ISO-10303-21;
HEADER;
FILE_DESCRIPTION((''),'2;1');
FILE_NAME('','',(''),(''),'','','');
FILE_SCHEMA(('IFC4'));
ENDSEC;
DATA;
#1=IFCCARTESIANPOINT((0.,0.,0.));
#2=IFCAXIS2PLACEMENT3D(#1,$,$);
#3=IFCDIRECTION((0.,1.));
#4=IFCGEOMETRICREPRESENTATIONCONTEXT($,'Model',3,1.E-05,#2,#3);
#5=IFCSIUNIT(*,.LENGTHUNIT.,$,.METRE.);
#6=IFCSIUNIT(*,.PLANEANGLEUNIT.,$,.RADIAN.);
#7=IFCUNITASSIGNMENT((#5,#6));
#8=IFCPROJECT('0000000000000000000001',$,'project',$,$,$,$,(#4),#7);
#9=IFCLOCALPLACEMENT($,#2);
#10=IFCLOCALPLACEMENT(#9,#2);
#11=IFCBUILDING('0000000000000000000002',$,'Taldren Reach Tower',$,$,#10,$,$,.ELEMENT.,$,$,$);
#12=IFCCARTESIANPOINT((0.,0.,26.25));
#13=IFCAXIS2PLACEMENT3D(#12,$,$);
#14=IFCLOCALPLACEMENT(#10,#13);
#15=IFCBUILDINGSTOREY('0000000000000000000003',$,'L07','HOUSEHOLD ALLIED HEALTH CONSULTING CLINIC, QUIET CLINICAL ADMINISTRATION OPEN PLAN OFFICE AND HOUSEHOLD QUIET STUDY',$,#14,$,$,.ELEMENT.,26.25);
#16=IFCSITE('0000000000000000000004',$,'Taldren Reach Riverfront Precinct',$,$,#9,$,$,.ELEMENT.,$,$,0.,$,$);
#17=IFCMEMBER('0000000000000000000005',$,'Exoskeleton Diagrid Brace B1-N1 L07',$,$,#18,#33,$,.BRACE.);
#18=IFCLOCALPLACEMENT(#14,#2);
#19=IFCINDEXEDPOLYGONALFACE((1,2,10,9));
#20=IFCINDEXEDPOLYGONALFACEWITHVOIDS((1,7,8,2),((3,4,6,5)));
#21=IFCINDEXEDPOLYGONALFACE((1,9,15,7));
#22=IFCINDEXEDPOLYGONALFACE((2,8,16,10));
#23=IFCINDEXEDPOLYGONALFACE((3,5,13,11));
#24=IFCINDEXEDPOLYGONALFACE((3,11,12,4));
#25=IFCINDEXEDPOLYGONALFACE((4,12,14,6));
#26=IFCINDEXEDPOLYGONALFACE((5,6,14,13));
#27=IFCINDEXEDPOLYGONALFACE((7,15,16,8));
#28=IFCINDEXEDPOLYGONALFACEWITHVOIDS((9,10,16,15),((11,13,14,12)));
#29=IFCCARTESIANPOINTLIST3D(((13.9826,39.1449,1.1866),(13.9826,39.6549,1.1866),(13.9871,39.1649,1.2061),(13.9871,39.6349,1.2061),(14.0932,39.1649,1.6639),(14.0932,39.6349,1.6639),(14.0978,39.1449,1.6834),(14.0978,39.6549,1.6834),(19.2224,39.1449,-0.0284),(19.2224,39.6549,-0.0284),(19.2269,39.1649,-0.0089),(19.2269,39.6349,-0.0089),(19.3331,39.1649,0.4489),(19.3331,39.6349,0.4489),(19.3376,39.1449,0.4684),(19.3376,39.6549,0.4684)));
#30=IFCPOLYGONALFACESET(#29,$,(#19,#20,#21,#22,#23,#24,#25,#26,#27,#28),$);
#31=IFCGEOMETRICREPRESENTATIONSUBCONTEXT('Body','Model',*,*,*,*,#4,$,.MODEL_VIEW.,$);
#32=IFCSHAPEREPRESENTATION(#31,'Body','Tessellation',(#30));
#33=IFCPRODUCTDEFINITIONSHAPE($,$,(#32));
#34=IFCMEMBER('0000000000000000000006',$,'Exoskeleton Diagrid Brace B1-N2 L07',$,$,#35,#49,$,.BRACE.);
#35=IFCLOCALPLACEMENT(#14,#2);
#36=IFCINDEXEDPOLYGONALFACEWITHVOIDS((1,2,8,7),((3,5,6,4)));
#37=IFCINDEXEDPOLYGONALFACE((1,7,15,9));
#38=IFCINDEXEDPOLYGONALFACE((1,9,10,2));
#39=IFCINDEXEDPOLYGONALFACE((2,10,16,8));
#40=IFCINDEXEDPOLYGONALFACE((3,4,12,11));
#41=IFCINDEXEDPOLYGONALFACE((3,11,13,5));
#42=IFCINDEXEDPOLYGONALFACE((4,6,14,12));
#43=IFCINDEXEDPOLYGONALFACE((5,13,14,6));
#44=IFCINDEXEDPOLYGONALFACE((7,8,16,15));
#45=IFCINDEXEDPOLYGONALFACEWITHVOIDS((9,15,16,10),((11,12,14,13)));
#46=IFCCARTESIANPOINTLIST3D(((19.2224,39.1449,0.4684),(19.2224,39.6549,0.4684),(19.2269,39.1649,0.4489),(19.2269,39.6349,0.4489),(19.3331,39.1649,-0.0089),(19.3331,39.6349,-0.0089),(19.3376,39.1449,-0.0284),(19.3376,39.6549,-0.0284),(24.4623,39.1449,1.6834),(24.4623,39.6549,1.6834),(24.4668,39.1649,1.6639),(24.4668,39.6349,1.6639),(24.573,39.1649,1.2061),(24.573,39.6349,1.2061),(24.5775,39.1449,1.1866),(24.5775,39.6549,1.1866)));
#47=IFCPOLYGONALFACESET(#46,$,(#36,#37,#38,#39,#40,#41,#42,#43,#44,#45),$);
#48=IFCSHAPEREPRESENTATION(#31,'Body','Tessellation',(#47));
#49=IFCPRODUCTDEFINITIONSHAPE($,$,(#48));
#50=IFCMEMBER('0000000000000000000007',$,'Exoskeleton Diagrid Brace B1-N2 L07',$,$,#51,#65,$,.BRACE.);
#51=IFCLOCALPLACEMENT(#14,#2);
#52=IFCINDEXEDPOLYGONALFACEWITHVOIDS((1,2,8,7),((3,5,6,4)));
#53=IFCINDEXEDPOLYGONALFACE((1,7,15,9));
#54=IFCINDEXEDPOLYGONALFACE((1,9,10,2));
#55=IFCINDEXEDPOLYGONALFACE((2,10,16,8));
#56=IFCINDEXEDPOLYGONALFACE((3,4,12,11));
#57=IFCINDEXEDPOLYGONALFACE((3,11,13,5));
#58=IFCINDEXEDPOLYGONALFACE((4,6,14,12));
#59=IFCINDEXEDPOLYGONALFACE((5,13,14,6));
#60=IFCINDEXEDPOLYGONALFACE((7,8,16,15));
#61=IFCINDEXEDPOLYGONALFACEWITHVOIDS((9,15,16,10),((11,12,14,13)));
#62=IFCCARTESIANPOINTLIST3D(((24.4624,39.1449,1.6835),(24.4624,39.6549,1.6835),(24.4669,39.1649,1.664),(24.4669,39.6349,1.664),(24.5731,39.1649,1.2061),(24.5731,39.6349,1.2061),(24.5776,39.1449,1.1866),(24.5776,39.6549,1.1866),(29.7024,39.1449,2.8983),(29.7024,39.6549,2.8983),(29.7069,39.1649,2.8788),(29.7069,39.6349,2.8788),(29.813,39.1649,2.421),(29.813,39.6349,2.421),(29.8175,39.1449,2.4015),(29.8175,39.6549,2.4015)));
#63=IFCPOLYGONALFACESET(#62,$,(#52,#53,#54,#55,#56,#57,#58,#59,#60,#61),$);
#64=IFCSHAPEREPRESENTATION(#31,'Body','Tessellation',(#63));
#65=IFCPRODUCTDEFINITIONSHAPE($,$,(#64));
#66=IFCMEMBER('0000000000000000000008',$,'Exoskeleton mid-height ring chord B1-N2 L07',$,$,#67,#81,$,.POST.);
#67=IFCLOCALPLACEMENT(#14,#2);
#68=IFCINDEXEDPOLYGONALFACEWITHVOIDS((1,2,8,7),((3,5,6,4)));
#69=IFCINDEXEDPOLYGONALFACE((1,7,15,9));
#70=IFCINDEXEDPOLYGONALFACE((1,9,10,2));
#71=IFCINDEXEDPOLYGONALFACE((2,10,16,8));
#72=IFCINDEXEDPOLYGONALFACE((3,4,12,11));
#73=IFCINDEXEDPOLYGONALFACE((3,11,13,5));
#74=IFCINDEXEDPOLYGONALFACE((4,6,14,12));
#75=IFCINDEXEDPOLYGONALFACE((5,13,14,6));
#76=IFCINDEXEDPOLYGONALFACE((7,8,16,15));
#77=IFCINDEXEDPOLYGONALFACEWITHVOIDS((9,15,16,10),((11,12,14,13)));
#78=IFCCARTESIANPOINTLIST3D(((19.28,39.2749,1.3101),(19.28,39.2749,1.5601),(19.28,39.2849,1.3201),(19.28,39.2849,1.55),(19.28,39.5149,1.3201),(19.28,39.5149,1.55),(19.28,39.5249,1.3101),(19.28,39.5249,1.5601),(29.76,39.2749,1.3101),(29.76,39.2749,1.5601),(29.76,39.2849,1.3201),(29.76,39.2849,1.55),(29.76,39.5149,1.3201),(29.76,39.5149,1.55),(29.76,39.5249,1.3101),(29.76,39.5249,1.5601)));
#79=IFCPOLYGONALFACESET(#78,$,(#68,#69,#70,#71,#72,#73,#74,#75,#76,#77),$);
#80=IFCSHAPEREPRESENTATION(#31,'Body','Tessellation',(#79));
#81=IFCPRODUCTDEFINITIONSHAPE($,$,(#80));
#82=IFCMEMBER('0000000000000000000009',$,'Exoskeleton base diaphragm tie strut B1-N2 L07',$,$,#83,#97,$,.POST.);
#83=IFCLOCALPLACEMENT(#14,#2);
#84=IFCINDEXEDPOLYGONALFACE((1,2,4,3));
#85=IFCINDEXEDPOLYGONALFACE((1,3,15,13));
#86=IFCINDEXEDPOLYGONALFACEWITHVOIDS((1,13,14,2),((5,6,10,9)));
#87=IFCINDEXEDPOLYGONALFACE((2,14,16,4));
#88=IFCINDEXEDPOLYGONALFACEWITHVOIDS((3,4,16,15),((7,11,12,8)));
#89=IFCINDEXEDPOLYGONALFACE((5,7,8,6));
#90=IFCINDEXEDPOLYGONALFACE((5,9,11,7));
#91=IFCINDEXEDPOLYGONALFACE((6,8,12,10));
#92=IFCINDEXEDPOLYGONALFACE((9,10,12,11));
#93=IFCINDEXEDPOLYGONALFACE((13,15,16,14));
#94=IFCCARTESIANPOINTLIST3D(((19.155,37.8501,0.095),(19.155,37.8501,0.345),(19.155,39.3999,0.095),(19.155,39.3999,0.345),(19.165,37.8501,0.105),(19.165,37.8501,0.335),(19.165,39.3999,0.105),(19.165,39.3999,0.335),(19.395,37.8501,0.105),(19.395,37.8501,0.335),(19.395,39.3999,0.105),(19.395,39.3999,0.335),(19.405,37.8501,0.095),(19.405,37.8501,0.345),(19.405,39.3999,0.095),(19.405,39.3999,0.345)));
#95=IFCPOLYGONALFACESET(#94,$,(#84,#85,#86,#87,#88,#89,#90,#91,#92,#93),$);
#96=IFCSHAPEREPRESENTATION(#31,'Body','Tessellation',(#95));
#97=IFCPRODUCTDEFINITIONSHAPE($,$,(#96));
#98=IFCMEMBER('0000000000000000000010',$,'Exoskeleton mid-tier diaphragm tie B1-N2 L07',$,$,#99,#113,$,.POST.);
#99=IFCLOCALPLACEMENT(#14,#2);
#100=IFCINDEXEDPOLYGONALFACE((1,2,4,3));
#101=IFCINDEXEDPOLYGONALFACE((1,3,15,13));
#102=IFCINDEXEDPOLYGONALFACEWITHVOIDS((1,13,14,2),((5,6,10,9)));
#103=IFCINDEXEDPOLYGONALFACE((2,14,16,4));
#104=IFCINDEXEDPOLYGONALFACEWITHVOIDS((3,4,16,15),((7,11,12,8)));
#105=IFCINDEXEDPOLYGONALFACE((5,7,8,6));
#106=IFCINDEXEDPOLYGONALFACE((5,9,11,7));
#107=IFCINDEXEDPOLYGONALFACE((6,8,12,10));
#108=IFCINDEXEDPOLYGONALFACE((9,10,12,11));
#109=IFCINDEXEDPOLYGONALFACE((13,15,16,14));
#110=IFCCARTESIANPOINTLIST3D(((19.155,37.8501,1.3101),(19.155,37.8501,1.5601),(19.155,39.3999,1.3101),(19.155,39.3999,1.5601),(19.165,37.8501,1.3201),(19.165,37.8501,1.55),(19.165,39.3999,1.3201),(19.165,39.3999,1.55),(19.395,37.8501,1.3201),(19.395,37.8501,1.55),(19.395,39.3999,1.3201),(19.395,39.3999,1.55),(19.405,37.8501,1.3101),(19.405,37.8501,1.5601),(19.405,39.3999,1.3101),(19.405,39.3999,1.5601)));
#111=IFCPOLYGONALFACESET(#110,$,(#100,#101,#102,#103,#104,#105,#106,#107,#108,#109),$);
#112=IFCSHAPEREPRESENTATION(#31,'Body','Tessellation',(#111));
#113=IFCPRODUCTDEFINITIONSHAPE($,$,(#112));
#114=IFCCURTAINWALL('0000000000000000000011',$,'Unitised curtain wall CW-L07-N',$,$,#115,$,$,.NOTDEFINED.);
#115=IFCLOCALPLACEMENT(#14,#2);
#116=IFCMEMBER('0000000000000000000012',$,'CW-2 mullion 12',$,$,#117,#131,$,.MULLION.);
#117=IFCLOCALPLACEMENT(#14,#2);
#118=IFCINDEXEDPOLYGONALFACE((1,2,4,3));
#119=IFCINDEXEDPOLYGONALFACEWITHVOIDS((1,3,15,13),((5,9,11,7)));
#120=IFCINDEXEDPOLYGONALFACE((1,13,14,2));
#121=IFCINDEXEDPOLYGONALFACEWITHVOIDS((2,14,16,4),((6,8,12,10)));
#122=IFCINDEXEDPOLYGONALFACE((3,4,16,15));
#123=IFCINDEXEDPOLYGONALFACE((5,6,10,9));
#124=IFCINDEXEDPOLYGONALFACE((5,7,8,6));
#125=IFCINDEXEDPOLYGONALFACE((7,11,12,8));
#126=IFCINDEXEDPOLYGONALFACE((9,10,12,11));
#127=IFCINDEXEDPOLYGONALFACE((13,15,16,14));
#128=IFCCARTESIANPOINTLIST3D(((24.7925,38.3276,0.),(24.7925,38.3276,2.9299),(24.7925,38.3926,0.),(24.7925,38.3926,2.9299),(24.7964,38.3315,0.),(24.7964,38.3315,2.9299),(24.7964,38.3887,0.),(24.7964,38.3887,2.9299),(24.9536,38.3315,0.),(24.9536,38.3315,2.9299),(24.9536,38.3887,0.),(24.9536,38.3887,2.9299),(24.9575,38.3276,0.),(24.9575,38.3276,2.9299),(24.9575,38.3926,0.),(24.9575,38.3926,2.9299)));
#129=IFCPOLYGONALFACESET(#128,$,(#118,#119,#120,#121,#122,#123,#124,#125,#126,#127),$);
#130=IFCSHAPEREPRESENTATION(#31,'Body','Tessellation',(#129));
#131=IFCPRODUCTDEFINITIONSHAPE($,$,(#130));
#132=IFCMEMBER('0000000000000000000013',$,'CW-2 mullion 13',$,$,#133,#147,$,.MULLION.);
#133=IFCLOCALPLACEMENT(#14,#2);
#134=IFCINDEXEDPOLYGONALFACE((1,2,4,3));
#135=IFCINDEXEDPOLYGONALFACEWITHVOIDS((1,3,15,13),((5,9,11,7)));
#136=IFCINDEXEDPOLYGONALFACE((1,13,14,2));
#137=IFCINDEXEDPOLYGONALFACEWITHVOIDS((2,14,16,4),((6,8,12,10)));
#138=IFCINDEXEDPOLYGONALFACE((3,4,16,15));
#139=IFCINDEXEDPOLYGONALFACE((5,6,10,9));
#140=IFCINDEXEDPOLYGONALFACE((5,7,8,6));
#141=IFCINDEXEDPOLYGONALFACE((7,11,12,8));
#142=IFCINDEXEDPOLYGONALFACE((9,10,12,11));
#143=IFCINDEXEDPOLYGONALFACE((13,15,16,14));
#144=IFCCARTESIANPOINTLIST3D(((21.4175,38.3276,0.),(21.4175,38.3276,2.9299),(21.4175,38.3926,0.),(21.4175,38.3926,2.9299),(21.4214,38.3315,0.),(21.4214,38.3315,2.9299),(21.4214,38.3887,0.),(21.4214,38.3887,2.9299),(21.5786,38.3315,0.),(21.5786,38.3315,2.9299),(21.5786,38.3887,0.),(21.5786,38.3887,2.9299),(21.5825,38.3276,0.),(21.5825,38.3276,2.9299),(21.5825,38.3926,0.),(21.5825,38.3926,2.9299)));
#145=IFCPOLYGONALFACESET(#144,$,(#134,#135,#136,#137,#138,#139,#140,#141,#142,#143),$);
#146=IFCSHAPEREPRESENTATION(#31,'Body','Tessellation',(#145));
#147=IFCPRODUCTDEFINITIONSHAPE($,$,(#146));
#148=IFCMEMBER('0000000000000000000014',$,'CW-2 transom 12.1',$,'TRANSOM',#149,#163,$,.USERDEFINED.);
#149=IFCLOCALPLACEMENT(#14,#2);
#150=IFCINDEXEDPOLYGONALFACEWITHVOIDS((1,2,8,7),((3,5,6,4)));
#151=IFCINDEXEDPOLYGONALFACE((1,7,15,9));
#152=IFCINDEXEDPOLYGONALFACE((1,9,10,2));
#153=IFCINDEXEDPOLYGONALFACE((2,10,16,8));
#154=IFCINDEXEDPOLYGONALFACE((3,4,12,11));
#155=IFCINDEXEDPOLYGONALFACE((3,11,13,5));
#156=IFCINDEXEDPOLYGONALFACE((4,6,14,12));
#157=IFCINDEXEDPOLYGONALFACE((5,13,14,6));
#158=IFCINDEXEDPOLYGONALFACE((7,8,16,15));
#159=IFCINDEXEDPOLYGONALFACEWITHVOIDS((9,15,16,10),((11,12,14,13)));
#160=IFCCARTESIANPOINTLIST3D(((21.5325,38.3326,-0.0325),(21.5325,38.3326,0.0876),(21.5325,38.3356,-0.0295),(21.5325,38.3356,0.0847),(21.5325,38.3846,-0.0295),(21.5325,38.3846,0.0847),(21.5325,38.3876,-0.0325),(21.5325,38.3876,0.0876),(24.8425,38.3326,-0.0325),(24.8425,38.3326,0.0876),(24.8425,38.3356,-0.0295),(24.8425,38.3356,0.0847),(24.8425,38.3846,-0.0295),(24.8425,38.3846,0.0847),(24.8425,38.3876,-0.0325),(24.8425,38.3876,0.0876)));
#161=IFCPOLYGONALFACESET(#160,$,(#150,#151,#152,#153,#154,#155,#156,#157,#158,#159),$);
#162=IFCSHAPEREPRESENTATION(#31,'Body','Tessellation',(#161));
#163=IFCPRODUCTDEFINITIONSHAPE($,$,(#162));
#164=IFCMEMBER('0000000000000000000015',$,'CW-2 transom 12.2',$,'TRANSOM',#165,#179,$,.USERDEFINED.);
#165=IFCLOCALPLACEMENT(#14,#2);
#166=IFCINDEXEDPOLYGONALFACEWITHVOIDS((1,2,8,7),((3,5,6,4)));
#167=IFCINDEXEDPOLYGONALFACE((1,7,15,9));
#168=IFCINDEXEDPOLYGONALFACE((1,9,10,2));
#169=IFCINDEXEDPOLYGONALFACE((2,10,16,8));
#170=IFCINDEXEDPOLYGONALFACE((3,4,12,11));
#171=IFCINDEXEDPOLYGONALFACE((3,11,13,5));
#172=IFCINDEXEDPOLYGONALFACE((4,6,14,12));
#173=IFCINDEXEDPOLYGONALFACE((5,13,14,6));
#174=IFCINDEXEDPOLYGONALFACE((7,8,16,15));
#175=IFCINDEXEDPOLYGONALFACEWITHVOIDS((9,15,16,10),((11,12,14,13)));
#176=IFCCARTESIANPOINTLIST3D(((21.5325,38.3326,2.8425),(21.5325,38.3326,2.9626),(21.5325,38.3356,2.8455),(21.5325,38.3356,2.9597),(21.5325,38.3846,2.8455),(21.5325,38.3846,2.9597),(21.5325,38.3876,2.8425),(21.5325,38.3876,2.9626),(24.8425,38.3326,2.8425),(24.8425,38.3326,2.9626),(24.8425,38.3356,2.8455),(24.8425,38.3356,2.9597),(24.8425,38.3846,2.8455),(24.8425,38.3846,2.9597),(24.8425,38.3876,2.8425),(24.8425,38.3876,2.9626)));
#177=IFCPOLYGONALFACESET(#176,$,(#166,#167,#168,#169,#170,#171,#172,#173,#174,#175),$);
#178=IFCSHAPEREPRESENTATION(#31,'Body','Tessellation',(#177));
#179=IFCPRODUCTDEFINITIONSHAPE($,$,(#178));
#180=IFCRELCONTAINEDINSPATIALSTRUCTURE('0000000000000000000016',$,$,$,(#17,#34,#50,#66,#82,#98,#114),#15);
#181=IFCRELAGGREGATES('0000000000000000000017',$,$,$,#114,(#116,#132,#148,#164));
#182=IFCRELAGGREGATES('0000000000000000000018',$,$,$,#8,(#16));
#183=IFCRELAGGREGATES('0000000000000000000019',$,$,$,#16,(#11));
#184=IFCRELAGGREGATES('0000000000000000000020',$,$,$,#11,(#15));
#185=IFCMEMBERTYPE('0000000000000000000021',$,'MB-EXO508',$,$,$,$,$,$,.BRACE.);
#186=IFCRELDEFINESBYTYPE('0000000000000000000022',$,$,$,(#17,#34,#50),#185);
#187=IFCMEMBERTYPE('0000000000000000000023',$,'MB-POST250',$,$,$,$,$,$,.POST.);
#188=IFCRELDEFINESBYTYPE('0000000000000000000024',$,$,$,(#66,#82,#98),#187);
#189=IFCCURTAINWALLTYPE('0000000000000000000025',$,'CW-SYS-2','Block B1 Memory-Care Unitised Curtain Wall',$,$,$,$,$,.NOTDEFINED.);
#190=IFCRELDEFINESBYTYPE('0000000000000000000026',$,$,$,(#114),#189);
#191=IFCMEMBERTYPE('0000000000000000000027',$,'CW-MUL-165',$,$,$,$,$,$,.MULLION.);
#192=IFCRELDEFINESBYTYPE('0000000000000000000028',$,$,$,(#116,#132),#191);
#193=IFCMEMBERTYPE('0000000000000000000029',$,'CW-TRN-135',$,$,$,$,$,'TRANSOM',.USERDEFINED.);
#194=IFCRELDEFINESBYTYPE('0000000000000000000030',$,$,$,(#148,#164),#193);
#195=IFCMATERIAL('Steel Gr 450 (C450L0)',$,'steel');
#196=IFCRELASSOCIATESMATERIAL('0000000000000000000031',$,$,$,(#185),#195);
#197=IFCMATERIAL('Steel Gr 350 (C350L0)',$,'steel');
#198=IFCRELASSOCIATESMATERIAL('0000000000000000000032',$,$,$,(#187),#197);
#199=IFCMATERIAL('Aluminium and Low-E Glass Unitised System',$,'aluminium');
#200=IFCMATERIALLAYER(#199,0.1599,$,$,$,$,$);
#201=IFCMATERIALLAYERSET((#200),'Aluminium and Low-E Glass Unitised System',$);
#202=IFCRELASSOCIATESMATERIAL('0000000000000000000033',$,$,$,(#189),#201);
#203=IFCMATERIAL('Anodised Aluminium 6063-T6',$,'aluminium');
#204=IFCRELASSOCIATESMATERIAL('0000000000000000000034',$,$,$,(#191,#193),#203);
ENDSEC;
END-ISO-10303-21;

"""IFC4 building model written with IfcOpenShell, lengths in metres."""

from ifc_helpers import new_model, si_unit, direction, frame, origin, origin_2d, place, context, subcontext, project, spatial, hollow_rectangle, extrude, source, transform, mapped, material, layer, layer_set, material_profile, profile_set, type_object, element, aggregate, save


model = new_model("IFC4")

# Units and contexts
model_context = context("Model", 3, precision=1e-05, world=origin(), true_north=direction((0.0, 1.0)))
body_context = subcontext(model_context, "Body", "Model", "MODEL_VIEW")
ifc_project = project(units=[si_unit("LENGTHUNIT", "METRE"), si_unit("PLANEANGLEUNIT", "RADIAN")], contexts=[model_context])

# Site, building, storey
site_placement = place(None, origin())
site = spatial("IfcSite", under=ifc_project, at=site_placement, Name="Taldren Reach Riverfront Precinct", CompositionType="ELEMENT", RefElevation=0.0)
building_placement = place(site_placement, origin())
building = spatial("IfcBuilding", under=site, at=building_placement, Name="Taldren Reach Tower", CompositionType="ELEMENT")
storey_placement = place(building_placement, frame((0.0, 0.0, 26.25)))
storey = spatial("IfcBuildingStorey", under=building, at=storey_placement, Name="L07", Description="HOUSEHOLD ALLIED HEALTH CONSULTING CLINIC, QUIET CLINICAL ADMINISTRATION OPEN PLAN OFFICE AND HOUSEHOLD QUIET STUDY", CompositionType="ELEMENT", Elevation=26.25)

# Members
ifc_material_1 = material(Name="Steel Gr 450 (C450L0)", Category="steel")
ifc_material_profile_1 = material_profile(ifc_material_1, hollow_rectangle(XDim=0.51, YDim=0.51, WallThickness=0.02, at=origin_2d()), Name="510x510x20.0SHS")
ifc_profile_set_1 = profile_set([ifc_material_profile_1], Name="Steel Gr 450 (C450L0)")
member_type_1 = type_object("IfcMemberType", Name="MB-EXO508", PredefinedType="BRACE", material=ifc_profile_set_1)
shared_shape_1 = source(origin(), body_context, "Body", "SweptSolid", [
    extrude(hollow_rectangle(XDim=0.51, YDim=0.51, WallThickness=0.02, at=origin_2d()), origin(), (0.0, 0.0, 1.0), 5.3789),
])
for number, where, z_axis, x_axis, name in (
    (1, (19.28, 39.3999, 0.22), (-0.974152, 0.0, 0.225894), (0.0, -1.0, 0.0), "Exoskeleton Diagrid Brace B1-N1 L07"),
    (2, (19.28, 39.3999, 0.22), (0.974152, 0.0, 0.225894), (0.0, 1.0, 0.0), "Exoskeleton Diagrid Brace B1-N2 L07"),
    (3, (24.52, 39.3999, 1.4351), (0.974162, 0.0, 0.225851), (0.0, 1.0, 0.0), "Exoskeleton Diagrid Brace B1-N2 L07"),
):
    element("IfcMember", number, at=place(storey_placement, frame(where, z_axis=z_axis, x_axis=x_axis)), inside=storey, type_object=member_type_1, Name=name, PredefinedType="BRACE", context=body_context, shape_type="MappedRepresentation", body=[
        mapped(shared_shape_1, transform((0.0, 0.0, 0.0), scale=1.0)),
    ])
ifc_material_2 = material(Name="Steel Gr 350 (C350L0)", Category="steel")
ifc_material_profile_2 = material_profile(ifc_material_2, hollow_rectangle(XDim=0.25, YDim=0.25, WallThickness=0.01, at=origin_2d()), Name="250x250x10.0SHS")
ifc_profile_set_2 = profile_set([ifc_material_profile_2], Name="Steel Gr 350 (C350L0)")
member_type_2 = type_object("IfcMemberType", Name="MB-POST250", PredefinedType="POST", material=ifc_profile_set_2)
shared_shape_2 = source(origin(), body_context, "Body", "SweptSolid", [
    extrude(hollow_rectangle(XDim=0.25, YDim=0.25, WallThickness=0.01, at=origin_2d()), origin(), (0.0, 0.0, 1.0), 10.48),
])
member_1_placement = place(storey_placement, frame((19.28, 39.3999, 1.4351), z_axis=(1.0, 0.0, 0.0), x_axis=(0.0, 1.0, 0.0)))
element("IfcMember", 4, at=member_1_placement, inside=storey, type_object=member_type_2, Name="Exoskeleton mid-height ring chord B1-N2 L07", PredefinedType="POST", context=body_context, shape_type="MappedRepresentation", body=[
    mapped(shared_shape_2, transform((0.0, 0.0, 0.0), scale=1.0)),
])
shared_shape_3 = source(origin(), body_context, "Body", "SweptSolid", [
    extrude(hollow_rectangle(XDim=0.25, YDim=0.25, WallThickness=0.01, at=origin_2d()), origin(), (0.0, 0.0, 1.0), 1.5498),
])
for number, where, z_axis, x_axis, name in (
    (5, (19.28, 37.8501, 0.22), (0.0, 1.0, 0.0), (-1.0, 0.0, 0.0), "Exoskeleton base diaphragm tie strut B1-N2 L07"),
    (6, (19.28, 37.8501, 1.4351), (0.0, 1.0, 0.0), (-1.0, 0.0, 0.0), "Exoskeleton mid-tier diaphragm tie B1-N2 L07"),
):
    element("IfcMember", number, at=place(storey_placement, frame(where, z_axis=z_axis, x_axis=x_axis)), inside=storey, type_object=member_type_2, Name=name, PredefinedType="POST", context=body_context, shape_type="MappedRepresentation", body=[
        mapped(shared_shape_3, transform((0.0, 0.0, 0.0), scale=1.0)),
    ])

# Curtain wall, members
ifc_material_3 = material(Name="Aluminium and Low-E Glass Unitised System", Category="aluminium")
ifc_layer_1 = layer(ifc_material_3, 0.1599)
ifc_layer_set_1 = layer_set([ifc_layer_1], Name="Aluminium and Low-E Glass Unitised System")
curtain_wall_type = type_object("IfcCurtainWallType", Name="CW-SYS-2", Description="Block B1 Memory-Care Unitised Curtain Wall", PredefinedType="NOTDEFINED", material=ifc_layer_set_1)
curtain_wall_placement = place(storey_placement, origin())
curtain_wall = element("IfcCurtainWall", 7, at=curtain_wall_placement, inside=storey, type_object=curtain_wall_type, Name="Unitised curtain wall CW-L07-N", PredefinedType="NOTDEFINED")
ifc_material_4 = material(Name="Anodised Aluminium 6063-T6", Category="aluminium")
ifc_material_profile_3 = material_profile(ifc_material_4, hollow_rectangle(XDim=0.0649, YDim=0.165, WallThickness=0.0039, at=origin_2d()), Name="ALU-165x65x4RHS")
ifc_profile_set_3 = profile_set([ifc_material_profile_3], Name="Anodised Aluminium 6063-T6")
member_type_3 = type_object("IfcMemberType", Name="CW-MUL-165", PredefinedType="MULLION", material=ifc_profile_set_3)
shared_shape_4 = source(origin(), body_context, "Body", "SweptSolid", [
    extrude(hollow_rectangle(XDim=0.0649, YDim=0.165, WallThickness=0.0039, at=origin_2d()), origin(), (0.0, 0.0, 1.0), 2.9299),
])
member_2_placement = place(storey_placement, frame((24.875, 38.3601, 0.0), z_axis=(0.0, 0.0, 1.0), x_axis=(0.0, -1.0, 0.0)))
member_2 = element("IfcMember", 8, at=member_2_placement, type_object=member_type_3, Name="CW-2 mullion 12", PredefinedType="MULLION", context=body_context, shape_type="MappedRepresentation", body=[
    mapped(shared_shape_4, transform((0.0, 0.0, 0.0), scale=1.0)),
])
member_3_placement = place(storey_placement, frame((21.5, 38.3601, 0.0), z_axis=(0.0, 0.0, 1.0), x_axis=(0.0, -1.0, 0.0)))
member_3 = element("IfcMember", 9, at=member_3_placement, type_object=member_type_3, Name="CW-2 mullion 13", PredefinedType="MULLION", context=body_context, shape_type="MappedRepresentation", body=[
    mapped(shared_shape_4, transform((0.0, 0.0, 0.0), scale=1.0)),
])
ifc_material_profile_4 = material_profile(ifc_material_4, hollow_rectangle(XDim=0.0549, YDim=0.1201, WallThickness=0.0029, at=origin_2d()), Name="ALU-120x55x3RHS")
ifc_profile_set_4 = profile_set([ifc_material_profile_4], Name="Anodised Aluminium 6063-T6")
member_type_4 = type_object("IfcMemberType", Name="CW-TRN-135", ElementType="TRANSOM", PredefinedType="USERDEFINED", material=ifc_profile_set_4)
shared_shape_5 = source(origin(), body_context, "Body", "SweptSolid", [
    extrude(hollow_rectangle(XDim=0.0549, YDim=0.1201, WallThickness=0.0029, at=origin_2d()), origin(), (0.0, 0.0, 1.0), 3.3101),
])
member_4_placement = place(storey_placement, frame((24.8425, 38.3601, 0.0276), z_axis=(-1.0, 0.0, 0.0), x_axis=(0.0, -1.0, 0.0)))
member_4 = element("IfcMember", 10, at=member_4_placement, type_object=member_type_4, Name="CW-2 transom 12.1", ObjectType="TRANSOM", PredefinedType="USERDEFINED", context=body_context, shape_type="MappedRepresentation", body=[
    mapped(shared_shape_5, transform((0.0, 0.0, 0.0), scale=1.0)),
])
member_5_placement = place(storey_placement, frame((24.8425, 38.3601, 2.9026), z_axis=(-1.0, 0.0, 0.0), x_axis=(0.0, -1.0, 0.0)))
member_5 = element("IfcMember", 11, at=member_5_placement, type_object=member_type_4, Name="CW-2 transom 12.2", ObjectType="TRANSOM", PredefinedType="USERDEFINED", context=body_context, shape_type="MappedRepresentation", body=[
    mapped(shared_shape_5, transform((0.0, 0.0, 0.0), scale=1.0)),
])

aggregate(curtain_wall, [member_2, member_3, member_4, member_5])

save(model, "model.ifc")
